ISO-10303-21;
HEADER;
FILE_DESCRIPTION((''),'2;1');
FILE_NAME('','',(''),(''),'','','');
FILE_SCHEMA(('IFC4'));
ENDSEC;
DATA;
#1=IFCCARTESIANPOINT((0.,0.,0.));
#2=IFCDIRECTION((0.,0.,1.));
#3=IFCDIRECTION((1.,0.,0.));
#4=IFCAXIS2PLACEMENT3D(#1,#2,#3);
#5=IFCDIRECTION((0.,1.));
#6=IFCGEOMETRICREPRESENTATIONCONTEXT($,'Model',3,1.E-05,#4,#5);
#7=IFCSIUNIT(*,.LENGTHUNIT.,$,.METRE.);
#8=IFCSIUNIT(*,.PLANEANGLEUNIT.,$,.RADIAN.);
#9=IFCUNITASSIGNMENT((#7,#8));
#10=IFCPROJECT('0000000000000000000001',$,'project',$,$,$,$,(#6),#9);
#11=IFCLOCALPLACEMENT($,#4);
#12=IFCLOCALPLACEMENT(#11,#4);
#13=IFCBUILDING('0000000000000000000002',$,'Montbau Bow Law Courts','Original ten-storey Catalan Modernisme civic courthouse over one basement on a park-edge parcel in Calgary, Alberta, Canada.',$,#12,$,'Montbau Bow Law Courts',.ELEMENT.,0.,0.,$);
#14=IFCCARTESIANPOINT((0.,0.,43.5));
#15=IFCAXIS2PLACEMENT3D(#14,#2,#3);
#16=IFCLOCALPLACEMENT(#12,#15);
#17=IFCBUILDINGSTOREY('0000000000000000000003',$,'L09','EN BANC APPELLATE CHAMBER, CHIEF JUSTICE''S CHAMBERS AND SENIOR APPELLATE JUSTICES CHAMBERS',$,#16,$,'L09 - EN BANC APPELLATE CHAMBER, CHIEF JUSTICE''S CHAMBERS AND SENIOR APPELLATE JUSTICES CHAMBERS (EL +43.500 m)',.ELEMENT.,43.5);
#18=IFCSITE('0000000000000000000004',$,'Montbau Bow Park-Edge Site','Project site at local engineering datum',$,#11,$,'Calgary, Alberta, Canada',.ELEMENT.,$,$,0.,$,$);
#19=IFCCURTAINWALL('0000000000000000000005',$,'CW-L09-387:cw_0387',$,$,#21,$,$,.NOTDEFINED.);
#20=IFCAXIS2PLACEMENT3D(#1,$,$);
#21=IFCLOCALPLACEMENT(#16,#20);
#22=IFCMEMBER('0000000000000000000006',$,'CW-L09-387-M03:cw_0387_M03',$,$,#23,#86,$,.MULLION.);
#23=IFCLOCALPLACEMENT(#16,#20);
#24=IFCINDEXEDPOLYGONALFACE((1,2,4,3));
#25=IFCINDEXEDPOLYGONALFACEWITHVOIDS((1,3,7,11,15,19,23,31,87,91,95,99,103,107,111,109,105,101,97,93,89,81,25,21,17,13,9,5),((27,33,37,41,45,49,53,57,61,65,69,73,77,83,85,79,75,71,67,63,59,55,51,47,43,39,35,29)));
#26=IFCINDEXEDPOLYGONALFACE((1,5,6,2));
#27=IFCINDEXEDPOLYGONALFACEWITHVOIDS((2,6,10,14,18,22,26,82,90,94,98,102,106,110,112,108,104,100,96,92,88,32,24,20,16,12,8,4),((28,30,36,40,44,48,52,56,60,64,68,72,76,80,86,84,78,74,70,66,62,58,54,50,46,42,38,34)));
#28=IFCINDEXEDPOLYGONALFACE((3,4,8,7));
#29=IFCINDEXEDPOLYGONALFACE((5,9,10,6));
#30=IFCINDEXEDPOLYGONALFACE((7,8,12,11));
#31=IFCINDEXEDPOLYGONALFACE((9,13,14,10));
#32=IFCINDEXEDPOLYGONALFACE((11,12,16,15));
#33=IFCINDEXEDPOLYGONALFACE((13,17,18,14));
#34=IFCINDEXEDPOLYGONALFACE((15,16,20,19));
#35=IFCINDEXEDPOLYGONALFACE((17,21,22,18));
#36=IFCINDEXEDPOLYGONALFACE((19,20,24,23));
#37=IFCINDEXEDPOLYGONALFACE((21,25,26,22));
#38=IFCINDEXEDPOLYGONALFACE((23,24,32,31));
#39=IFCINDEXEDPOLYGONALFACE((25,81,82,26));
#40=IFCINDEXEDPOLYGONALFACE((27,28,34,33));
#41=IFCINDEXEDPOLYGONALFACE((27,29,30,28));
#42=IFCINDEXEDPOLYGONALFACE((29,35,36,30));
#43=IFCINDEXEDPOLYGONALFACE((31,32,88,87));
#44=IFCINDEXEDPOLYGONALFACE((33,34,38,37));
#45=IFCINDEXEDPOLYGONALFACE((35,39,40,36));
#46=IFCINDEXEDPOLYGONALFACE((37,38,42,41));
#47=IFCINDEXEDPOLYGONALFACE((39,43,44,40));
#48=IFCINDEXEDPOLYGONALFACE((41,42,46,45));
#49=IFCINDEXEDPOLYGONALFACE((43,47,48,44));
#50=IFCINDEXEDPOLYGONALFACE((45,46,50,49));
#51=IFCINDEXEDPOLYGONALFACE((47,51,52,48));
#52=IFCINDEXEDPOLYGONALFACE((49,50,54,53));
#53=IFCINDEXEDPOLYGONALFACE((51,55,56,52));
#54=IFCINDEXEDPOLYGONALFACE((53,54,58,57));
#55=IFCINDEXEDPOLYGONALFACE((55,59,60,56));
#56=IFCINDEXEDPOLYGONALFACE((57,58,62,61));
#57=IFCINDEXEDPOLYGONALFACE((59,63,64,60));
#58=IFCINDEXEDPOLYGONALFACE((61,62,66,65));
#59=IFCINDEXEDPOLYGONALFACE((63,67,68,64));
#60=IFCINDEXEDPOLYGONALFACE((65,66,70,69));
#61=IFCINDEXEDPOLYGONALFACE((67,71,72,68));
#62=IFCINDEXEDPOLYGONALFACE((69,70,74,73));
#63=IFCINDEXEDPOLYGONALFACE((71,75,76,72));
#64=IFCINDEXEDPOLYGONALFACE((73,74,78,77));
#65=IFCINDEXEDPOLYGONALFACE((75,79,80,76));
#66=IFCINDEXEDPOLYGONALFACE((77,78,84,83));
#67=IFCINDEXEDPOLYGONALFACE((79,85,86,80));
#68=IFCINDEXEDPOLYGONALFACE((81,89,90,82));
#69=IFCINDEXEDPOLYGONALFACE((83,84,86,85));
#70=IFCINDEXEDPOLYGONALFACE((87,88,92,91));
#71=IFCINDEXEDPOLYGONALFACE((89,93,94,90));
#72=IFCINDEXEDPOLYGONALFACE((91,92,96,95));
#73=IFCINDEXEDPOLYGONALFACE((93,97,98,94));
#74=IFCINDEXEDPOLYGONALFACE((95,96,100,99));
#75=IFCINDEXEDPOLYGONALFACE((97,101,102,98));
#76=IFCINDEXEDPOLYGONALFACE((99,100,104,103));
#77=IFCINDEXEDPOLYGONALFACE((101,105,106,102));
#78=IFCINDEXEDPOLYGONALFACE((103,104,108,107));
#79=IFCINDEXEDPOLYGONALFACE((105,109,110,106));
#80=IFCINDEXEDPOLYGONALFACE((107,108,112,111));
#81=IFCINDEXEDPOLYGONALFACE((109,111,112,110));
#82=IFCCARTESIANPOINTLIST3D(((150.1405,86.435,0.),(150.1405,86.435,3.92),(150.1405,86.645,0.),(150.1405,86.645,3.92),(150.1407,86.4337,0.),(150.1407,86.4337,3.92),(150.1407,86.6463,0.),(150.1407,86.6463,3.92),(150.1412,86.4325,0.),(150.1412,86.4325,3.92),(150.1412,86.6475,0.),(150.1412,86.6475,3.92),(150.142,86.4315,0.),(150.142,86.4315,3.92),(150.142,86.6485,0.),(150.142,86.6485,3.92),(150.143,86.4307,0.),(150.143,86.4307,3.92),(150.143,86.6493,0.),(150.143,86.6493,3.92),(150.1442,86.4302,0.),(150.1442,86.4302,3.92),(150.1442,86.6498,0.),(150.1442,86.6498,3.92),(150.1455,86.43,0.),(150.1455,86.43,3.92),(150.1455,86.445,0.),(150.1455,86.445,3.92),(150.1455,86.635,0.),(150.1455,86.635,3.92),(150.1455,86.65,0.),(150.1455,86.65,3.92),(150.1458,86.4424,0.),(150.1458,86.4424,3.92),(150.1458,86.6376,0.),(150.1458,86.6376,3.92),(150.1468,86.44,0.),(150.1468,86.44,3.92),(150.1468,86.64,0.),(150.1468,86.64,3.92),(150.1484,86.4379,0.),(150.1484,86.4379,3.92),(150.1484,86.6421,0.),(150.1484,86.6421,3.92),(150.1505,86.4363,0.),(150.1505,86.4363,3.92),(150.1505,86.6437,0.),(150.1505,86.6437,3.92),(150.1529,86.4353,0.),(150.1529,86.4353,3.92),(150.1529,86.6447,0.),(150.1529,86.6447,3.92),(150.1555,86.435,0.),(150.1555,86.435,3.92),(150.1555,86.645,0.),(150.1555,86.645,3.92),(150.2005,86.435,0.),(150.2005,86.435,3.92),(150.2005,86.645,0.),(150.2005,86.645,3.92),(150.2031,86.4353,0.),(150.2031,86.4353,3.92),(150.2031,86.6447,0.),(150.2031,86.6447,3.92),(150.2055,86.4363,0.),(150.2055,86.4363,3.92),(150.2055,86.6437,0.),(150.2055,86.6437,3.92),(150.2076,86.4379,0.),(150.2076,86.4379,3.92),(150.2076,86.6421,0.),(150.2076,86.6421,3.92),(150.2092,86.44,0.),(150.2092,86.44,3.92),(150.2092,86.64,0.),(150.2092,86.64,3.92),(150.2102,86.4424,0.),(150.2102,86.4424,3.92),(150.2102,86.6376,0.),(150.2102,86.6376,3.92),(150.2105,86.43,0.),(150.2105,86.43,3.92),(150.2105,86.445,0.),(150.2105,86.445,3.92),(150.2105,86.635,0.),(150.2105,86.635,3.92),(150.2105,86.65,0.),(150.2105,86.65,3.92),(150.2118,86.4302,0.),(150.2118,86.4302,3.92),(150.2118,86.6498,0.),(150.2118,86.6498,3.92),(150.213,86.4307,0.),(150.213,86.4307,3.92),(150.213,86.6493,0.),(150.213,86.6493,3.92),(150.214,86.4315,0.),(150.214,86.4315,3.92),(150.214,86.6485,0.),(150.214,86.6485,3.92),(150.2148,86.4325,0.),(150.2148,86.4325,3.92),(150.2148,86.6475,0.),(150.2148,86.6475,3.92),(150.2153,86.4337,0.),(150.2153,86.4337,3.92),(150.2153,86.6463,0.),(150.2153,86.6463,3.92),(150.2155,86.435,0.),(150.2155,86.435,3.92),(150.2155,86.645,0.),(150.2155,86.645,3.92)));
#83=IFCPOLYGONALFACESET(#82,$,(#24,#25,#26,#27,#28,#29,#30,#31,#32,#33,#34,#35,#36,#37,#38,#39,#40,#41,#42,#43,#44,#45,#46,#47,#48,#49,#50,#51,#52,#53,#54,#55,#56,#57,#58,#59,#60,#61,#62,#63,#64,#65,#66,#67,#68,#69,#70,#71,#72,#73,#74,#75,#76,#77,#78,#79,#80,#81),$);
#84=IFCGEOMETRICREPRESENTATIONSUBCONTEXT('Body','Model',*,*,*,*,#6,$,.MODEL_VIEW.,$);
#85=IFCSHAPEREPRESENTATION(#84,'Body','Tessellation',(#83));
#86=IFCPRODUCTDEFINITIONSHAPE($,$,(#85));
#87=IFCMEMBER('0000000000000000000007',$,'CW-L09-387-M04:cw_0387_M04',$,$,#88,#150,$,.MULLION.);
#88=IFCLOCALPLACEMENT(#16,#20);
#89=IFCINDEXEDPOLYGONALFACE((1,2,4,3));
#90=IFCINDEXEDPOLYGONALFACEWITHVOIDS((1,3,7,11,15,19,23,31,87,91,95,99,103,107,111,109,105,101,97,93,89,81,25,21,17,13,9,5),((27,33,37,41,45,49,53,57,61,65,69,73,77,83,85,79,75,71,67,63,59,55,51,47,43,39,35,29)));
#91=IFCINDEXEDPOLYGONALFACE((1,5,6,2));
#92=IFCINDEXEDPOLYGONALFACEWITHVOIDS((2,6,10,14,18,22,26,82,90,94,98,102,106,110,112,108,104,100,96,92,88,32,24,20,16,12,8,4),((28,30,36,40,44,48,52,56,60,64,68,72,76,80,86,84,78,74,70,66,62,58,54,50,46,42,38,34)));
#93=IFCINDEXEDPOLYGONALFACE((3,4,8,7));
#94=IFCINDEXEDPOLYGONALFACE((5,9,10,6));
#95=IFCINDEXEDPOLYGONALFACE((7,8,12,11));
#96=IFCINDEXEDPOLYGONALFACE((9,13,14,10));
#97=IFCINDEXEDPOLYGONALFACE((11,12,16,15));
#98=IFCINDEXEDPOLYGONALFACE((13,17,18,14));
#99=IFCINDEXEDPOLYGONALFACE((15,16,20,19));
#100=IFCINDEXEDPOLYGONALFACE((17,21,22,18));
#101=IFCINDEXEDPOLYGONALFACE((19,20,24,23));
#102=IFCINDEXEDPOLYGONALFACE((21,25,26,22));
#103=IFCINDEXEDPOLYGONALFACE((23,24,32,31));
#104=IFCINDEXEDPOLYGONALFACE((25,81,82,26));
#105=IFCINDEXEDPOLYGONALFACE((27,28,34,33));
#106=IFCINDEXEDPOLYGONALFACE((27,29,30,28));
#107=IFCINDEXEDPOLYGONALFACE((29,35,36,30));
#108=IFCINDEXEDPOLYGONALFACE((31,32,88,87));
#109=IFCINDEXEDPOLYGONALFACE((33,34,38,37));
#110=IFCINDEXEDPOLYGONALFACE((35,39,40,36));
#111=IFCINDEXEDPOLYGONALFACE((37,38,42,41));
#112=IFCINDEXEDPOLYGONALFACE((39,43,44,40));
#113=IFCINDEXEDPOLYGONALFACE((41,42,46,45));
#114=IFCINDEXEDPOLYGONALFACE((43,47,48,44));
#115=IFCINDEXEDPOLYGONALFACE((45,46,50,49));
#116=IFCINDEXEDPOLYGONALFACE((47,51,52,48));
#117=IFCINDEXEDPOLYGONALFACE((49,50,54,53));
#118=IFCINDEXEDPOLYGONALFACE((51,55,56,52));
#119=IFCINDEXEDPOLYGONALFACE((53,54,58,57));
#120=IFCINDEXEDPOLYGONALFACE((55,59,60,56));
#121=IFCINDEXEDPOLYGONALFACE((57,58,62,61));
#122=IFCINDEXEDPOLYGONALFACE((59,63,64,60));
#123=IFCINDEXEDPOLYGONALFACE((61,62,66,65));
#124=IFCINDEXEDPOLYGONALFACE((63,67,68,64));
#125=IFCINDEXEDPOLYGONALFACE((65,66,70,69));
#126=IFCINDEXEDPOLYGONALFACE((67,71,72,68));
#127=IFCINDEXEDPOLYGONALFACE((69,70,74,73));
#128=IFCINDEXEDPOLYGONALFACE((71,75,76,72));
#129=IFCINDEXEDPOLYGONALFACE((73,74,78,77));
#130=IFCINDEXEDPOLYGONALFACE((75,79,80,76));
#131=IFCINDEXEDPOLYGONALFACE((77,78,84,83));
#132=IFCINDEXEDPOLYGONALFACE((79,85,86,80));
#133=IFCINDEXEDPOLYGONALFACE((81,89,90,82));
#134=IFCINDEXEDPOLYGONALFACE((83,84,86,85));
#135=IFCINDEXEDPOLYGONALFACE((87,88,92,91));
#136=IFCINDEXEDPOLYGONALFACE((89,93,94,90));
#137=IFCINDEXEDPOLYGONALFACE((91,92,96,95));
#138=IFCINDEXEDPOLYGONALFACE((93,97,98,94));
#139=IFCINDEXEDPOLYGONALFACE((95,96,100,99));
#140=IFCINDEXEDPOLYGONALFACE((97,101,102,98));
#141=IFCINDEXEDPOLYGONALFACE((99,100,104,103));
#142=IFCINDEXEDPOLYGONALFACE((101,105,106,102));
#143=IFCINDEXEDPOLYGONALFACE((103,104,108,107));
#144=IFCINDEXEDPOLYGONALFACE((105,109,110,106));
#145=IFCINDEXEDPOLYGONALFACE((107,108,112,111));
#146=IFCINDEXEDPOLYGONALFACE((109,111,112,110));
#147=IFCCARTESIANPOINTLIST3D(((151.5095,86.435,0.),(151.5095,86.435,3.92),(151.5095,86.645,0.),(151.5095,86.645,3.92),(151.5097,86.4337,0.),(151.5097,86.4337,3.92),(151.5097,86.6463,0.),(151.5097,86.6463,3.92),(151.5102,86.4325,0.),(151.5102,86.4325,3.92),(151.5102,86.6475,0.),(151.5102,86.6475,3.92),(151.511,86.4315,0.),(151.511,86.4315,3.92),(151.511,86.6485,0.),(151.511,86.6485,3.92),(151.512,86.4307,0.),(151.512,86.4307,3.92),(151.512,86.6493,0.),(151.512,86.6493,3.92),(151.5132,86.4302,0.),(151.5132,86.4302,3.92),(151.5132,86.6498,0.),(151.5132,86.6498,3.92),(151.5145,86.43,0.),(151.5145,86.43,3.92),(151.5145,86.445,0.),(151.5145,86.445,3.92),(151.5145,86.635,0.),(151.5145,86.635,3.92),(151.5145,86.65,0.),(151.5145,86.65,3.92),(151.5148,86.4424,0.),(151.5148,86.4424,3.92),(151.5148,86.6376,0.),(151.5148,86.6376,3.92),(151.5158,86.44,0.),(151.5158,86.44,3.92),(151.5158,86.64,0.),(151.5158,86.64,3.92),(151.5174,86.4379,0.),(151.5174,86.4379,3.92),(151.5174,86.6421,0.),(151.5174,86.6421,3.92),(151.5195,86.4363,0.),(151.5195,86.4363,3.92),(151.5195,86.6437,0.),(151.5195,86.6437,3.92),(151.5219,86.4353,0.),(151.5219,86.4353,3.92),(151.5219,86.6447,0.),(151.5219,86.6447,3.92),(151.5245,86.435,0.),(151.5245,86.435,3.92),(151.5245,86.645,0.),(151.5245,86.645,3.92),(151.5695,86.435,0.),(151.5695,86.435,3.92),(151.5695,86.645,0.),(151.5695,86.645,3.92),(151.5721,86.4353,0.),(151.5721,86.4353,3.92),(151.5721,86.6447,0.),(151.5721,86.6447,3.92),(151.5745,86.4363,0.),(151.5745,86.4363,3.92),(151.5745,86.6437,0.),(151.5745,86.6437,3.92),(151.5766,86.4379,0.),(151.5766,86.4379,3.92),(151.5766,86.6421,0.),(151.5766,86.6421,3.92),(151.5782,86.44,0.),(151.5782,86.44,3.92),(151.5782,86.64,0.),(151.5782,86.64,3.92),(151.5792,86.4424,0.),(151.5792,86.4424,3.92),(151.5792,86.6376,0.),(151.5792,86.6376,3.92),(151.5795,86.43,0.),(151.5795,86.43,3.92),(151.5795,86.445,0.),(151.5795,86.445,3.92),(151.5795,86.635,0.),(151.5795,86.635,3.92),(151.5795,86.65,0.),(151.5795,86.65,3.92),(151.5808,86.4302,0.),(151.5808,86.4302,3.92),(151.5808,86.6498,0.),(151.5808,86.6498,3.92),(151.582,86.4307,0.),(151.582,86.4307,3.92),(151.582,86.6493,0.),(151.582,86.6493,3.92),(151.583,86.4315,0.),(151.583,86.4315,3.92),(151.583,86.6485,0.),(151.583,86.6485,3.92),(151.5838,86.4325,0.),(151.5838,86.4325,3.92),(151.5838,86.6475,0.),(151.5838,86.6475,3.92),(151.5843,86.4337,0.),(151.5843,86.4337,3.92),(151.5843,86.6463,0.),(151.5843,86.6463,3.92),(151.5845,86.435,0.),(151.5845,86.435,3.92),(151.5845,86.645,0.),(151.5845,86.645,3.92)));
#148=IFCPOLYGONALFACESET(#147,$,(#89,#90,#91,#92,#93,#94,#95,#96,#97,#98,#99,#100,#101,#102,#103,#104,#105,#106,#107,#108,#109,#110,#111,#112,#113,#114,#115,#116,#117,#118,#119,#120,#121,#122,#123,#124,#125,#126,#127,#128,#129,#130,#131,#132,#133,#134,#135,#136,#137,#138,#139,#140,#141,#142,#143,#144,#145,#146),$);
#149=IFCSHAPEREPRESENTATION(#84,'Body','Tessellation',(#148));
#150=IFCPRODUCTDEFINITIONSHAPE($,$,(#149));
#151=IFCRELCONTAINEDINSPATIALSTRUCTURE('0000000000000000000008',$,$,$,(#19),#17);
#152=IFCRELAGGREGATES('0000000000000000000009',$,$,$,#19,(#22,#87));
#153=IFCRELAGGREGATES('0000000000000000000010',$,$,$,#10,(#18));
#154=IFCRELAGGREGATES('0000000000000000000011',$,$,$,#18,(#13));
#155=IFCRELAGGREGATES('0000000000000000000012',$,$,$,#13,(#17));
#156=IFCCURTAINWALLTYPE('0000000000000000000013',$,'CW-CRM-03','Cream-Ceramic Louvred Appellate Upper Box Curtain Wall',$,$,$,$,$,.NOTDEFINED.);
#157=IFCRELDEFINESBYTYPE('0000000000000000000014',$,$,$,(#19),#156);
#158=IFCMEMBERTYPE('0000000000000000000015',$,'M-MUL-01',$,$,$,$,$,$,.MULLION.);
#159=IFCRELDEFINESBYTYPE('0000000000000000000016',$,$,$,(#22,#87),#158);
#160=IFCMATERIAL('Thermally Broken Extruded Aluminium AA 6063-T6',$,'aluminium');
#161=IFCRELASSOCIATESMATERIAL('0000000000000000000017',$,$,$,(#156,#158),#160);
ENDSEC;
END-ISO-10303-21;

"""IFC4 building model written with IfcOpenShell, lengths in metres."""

from ifc_helpers import new_model, si_unit, direction, frame, origin_with_axes, origin_2d_with_axis, place, context, subcontext, project, spatial, hollow_rectangle, extrude, material, material_profile, profile_set, type_object, element, aggregate, save


model = new_model("IFC4")

# Units and contexts
model_context = context("Model", 3, precision=1e-05, world=origin_with_axes(), true_north=direction((0.0, 1.0)))
body_context = subcontext(model_context, "Body", "Model", "MODEL_VIEW")
ifc_project = project(units=[si_unit("LENGTHUNIT", "METRE"), si_unit("PLANEANGLEUNIT", "RADIAN")], contexts=[model_context])

# Site, building, storey
site_placement = place(None, origin_with_axes())
site = spatial("IfcSite", under=ifc_project, at=site_placement, Name="Montbau Bow Park-Edge Site", Description="Project site at local engineering datum", LongName="Calgary, Alberta, Canada", CompositionType="ELEMENT", RefElevation=0.0)
building_placement = place(site_placement, origin_with_axes())
building = spatial("IfcBuilding", under=site, at=building_placement, Name="Montbau Bow Law Courts", Description="Original ten-storey Catalan Modernisme civic courthouse over one basement on a park-edge parcel in Calgary, Alberta, Canada.", LongName="Montbau Bow Law Courts", CompositionType="ELEMENT", ElevationOfRefHeight=0.0, ElevationOfTerrain=0.0)
storey_placement = place(building_placement, frame((0.0, 0.0, 43.5), z_axis=(0.0, 0.0, 1.0), x_axis=(1.0, 0.0, 0.0)))
storey = spatial("IfcBuildingStorey", under=building, at=storey_placement, Name="L09", Description="EN BANC APPELLATE CHAMBER, CHIEF JUSTICE'S CHAMBERS AND SENIOR APPELLATE JUSTICES CHAMBERS", LongName="L09 - EN BANC APPELLATE CHAMBER, CHIEF JUSTICE'S CHAMBERS AND SENIOR APPELLATE JUSTICES CHAMBERS (EL +43.500 m)", CompositionType="ELEMENT", Elevation=43.5)

# Curtain wall, members
ifc_material_1 = material(Name="Thermally Broken Extruded Aluminium AA 6063-T6", Category="aluminium")
curtain_wall_type = type_object("IfcCurtainWallType", Name="CW-CRM-03", Description="Cream-Ceramic Louvred Appellate Upper Box Curtain Wall", PredefinedType="NOTDEFINED", material=ifc_material_1)
curtain_wall_placement = place(None, frame((147.44, 86.54, 43.5), z_axis=(0.0, 0.0, 1.0), x_axis=(1.0, 0.0, 0.0)))
curtain_wall = element("IfcCurtainWall", 1, at=curtain_wall_placement, inside=storey, type_object=curtain_wall_type, Name="CW-L09-387:cw_0387", PredefinedType="NOTDEFINED")
ifc_material_profile_1 = material_profile(ifc_material_1, hollow_rectangle(XDim=0.075, YDim=0.22, WallThickness=0.005, InnerFilletRadius=0.01, OuterFilletRadius=0.005, at=origin_2d_with_axis()), Name="CWM-220X75", Category="Main", Priority=0)
ifc_profile_set_1 = profile_set([ifc_material_profile_1], Name="Thermally Broken Extruded Aluminium AA 6063-T6")
member_type_1 = type_object("IfcMemberType", Name="M-MUL-01", PredefinedType="MULLION", material=ifc_profile_set_1)
member_1_placement = place(None, frame((150.178, 86.54, 43.5), z_axis=(0.0, 0.0, 1.0), x_axis=(1.0, 0.0, 0.0)))
member_1 = element("IfcMember", 2, at=member_1_placement, type_object=member_type_1, Name="CW-L09-387-M03:cw_0387_M03", PredefinedType="MULLION", context=body_context, shape_type="SweptSolid", body=[
    extrude(hollow_rectangle(XDim=0.075, YDim=0.22, WallThickness=0.005, InnerFilletRadius=0.01, OuterFilletRadius=0.005, at=origin_2d_with_axis()), origin_with_axes(), (0.0, 0.0, 1.0), 3.92),
])
member_2_placement = place(None, frame((151.547, 86.54, 43.5), z_axis=(0.0, 0.0, 1.0), x_axis=(1.0, 0.0, 0.0)))
member_2 = element("IfcMember", 3, at=member_2_placement, type_object=member_type_1, Name="CW-L09-387-M04:cw_0387_M04", PredefinedType="MULLION", context=body_context, shape_type="SweptSolid", body=[
    extrude(hollow_rectangle(XDim=0.075, YDim=0.22, WallThickness=0.005, InnerFilletRadius=0.01, OuterFilletRadius=0.005, at=origin_2d_with_axis()), origin_with_axes(), (0.0, 0.0, 1.0), 3.92),
])
aggregate(curtain_wall, [member_1, member_2])

save(model, "model.ifc")
